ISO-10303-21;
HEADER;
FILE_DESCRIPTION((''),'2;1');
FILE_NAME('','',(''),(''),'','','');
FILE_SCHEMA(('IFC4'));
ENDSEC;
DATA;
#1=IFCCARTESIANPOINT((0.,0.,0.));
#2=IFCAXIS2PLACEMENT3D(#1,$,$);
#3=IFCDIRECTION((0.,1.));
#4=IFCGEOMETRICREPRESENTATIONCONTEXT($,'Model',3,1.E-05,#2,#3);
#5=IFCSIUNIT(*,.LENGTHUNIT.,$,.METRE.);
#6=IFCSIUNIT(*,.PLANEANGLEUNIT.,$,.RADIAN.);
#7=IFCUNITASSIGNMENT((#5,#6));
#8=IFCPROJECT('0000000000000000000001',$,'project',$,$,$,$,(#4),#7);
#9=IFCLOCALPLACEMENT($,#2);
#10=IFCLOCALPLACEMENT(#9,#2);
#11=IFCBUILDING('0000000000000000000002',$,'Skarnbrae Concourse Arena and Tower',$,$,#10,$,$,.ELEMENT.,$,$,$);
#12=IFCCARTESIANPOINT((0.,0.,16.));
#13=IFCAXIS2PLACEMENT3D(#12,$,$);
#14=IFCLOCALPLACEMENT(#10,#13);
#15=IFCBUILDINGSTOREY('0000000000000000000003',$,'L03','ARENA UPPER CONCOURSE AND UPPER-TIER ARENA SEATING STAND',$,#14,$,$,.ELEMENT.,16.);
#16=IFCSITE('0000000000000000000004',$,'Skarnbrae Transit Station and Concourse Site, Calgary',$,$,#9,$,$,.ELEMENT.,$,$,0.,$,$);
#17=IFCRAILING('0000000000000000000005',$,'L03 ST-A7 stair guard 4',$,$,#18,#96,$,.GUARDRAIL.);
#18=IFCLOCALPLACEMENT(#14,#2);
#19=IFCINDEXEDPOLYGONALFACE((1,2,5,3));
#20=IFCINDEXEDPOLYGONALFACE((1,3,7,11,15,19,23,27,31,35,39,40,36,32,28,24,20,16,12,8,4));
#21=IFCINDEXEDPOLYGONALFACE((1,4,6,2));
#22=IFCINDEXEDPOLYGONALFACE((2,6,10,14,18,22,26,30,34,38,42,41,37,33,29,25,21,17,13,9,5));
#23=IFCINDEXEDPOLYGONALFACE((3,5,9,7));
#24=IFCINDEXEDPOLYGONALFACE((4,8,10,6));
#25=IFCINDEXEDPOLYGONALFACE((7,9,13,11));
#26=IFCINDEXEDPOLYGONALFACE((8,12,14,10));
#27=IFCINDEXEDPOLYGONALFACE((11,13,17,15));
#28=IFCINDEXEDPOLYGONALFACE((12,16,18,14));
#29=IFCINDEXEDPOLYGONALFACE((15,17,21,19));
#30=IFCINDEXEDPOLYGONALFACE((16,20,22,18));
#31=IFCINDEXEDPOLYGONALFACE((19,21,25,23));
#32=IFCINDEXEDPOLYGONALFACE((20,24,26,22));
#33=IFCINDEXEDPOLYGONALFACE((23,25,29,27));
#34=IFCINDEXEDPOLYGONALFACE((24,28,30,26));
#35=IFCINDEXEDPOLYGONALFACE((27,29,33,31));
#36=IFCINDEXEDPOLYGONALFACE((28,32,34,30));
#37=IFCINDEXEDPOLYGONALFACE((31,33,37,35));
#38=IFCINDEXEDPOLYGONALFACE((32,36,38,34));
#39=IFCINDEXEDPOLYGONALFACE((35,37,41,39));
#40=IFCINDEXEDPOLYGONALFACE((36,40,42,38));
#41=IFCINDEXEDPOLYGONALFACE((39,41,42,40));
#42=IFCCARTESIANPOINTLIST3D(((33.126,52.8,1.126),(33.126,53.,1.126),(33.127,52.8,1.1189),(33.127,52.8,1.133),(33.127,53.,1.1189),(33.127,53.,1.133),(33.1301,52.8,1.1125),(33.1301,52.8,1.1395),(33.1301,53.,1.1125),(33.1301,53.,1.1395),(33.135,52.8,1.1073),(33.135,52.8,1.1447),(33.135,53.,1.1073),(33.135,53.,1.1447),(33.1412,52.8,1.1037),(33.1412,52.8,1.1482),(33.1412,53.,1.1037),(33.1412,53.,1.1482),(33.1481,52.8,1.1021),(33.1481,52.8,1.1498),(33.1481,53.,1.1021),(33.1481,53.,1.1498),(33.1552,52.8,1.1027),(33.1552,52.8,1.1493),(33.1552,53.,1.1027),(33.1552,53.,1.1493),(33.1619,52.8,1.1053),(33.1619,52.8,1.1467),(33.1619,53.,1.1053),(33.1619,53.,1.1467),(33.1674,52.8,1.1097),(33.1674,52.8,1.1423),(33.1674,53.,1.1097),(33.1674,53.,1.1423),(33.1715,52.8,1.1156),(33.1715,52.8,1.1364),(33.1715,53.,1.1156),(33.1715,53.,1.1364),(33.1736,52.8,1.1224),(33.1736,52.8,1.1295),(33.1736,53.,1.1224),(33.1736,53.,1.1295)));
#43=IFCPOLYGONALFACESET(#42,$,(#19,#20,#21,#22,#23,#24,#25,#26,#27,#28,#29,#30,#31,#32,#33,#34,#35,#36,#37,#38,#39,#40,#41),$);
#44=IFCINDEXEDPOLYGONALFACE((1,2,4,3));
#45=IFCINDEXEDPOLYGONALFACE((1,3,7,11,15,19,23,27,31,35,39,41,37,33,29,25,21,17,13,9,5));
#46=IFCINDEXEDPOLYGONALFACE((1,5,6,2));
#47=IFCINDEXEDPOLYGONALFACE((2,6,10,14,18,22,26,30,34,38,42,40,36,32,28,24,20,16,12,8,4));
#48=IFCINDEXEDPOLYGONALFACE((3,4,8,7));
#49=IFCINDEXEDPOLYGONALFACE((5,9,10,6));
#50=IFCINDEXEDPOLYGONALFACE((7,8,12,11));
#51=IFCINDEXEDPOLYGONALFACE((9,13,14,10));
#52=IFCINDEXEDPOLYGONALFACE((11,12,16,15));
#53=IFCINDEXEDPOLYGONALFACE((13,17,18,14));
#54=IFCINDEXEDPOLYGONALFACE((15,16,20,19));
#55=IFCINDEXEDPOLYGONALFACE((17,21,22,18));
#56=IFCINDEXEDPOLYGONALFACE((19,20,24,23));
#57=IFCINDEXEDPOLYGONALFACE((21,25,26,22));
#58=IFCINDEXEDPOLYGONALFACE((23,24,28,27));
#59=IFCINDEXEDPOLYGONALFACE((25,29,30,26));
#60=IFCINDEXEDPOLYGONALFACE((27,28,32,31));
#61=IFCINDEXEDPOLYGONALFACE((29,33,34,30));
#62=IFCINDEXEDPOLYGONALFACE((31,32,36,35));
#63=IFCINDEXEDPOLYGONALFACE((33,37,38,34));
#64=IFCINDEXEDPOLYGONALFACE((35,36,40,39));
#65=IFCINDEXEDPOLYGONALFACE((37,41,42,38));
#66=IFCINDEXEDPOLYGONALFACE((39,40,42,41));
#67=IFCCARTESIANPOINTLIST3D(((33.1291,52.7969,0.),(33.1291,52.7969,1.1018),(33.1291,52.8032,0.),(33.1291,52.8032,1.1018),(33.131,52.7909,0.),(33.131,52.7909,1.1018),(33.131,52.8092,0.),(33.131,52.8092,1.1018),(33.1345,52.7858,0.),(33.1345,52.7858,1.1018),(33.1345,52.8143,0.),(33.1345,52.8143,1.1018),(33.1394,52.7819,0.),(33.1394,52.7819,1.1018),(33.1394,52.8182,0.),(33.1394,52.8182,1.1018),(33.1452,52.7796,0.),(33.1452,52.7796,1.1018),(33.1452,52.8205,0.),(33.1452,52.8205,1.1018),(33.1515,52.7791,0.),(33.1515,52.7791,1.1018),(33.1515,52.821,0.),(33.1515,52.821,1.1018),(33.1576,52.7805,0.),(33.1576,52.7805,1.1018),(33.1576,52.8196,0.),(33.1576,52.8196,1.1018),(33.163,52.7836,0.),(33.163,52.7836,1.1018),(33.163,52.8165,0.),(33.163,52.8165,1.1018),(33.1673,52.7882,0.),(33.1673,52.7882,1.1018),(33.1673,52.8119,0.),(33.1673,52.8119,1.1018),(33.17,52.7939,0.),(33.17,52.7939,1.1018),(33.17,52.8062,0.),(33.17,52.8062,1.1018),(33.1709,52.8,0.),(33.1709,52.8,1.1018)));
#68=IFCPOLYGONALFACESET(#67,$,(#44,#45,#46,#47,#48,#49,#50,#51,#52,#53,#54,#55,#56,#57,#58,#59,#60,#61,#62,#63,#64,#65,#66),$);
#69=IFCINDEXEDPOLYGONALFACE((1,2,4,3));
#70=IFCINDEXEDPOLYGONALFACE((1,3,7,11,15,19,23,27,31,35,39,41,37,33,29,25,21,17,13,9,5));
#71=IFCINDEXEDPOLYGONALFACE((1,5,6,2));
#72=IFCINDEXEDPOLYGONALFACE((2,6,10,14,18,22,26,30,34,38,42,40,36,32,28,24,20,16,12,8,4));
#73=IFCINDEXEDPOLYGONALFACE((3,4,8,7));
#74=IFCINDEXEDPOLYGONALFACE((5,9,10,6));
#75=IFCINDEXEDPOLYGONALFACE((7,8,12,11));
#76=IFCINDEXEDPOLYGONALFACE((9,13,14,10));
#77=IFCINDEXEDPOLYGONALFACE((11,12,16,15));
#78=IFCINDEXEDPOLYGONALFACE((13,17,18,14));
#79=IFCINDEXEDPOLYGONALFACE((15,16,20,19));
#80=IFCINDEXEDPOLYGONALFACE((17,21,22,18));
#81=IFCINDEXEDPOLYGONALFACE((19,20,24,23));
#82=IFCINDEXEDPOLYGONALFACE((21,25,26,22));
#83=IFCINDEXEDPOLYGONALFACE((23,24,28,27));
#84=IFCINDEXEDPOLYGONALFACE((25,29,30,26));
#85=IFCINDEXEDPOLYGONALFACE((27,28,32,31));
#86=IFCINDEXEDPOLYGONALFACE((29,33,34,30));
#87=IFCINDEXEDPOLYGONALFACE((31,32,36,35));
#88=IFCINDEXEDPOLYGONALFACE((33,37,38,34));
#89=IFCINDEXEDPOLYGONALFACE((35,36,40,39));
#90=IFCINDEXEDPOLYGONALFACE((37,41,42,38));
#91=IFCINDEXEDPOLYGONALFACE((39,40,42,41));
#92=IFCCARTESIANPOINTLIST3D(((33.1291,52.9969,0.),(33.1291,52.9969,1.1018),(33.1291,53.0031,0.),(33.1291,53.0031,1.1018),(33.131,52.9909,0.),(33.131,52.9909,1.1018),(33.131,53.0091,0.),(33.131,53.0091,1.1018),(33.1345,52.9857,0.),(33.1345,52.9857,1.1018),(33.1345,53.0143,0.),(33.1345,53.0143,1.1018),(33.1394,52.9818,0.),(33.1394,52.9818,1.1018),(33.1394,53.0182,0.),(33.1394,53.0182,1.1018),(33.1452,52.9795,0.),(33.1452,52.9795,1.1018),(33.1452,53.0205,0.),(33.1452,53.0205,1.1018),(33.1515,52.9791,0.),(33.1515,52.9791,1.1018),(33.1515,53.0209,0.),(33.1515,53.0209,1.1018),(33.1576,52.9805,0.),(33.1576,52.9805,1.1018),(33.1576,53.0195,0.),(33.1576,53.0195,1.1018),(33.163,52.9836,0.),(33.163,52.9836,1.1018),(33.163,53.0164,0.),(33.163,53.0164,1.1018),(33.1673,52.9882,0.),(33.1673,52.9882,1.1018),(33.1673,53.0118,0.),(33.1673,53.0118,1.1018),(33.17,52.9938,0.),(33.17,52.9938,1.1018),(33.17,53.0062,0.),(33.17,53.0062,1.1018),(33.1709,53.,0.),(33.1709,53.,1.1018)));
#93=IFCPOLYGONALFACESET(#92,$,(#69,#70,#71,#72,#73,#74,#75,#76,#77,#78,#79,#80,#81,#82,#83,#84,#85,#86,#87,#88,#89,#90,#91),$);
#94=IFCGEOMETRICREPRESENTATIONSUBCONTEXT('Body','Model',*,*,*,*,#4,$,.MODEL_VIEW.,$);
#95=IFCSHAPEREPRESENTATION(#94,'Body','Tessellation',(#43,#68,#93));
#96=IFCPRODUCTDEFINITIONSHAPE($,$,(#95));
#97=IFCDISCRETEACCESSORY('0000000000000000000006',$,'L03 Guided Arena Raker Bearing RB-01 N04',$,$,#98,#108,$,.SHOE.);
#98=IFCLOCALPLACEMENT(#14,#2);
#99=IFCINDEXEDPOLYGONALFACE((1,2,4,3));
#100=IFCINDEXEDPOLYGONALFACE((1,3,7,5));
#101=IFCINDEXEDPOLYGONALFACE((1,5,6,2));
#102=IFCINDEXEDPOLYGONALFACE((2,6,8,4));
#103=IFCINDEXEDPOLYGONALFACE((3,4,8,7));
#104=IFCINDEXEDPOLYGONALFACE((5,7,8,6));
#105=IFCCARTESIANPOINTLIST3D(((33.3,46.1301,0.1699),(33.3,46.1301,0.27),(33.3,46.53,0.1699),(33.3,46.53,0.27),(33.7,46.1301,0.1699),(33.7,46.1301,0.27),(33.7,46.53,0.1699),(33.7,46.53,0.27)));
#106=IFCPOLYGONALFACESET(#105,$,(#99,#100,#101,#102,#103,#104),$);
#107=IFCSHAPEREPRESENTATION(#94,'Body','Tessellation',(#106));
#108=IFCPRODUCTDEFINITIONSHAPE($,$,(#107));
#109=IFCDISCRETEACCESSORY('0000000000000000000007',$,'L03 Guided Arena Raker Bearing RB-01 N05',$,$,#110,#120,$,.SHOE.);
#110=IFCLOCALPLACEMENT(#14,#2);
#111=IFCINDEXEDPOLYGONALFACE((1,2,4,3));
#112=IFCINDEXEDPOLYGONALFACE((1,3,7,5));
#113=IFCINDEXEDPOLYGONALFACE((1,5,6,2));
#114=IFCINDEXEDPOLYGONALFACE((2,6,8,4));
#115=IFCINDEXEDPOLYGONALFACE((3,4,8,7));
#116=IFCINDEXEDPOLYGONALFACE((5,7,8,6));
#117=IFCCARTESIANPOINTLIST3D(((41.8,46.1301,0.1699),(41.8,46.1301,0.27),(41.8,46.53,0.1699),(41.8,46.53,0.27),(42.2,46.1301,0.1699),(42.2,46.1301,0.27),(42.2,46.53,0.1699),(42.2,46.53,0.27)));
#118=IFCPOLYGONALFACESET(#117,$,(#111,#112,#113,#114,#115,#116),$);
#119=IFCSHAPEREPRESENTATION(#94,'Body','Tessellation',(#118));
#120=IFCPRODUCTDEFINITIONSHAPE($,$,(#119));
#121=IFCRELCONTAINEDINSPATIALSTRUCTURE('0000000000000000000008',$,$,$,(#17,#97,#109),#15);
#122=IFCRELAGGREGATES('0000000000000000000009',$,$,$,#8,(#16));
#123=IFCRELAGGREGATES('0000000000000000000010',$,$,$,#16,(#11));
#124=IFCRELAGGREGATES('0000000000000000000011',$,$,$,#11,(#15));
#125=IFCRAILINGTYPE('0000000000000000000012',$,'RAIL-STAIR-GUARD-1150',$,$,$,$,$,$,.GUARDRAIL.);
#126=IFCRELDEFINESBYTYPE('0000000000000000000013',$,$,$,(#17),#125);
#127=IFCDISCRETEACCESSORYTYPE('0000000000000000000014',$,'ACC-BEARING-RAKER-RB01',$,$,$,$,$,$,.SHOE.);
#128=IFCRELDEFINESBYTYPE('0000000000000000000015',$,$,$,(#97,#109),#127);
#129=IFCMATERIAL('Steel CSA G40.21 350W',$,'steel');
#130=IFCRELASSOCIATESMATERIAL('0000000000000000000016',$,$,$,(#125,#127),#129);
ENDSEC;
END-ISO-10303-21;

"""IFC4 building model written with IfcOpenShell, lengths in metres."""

from ifc_helpers import new_model, si_unit, direction, frame, origin, origin_2d, place, context, subcontext, project, spatial, rectangle, circle, extrude, source, transform, mapped, material, type_object, element, save


model = new_model("IFC4")

# Units and contexts
model_context = context("Model", 3, precision=1e-05, world=origin(), true_north=direction((0.0, 1.0)))
body_context = subcontext(model_context, "Body", "Model", "MODEL_VIEW")
ifc_project = project(units=[si_unit("LENGTHUNIT", "METRE"), si_unit("PLANEANGLEUNIT", "RADIAN")], contexts=[model_context])

# Site, building, storey
site_placement = place(None, origin())
site = spatial("IfcSite", under=ifc_project, at=site_placement, Name="Skarnbrae Transit Station and Concourse Site, Calgary", CompositionType="ELEMENT", RefElevation=0.0)
building_placement = place(site_placement, origin())
building = spatial("IfcBuilding", under=site, at=building_placement, Name="Skarnbrae Concourse Arena and Tower", CompositionType="ELEMENT")
storey_placement = place(building_placement, frame((0.0, 0.0, 16.0)))
storey = spatial("IfcBuildingStorey", under=building, at=storey_placement, Name="L03", Description="ARENA UPPER CONCOURSE AND UPPER-TIER ARENA SEATING STAND", CompositionType="ELEMENT", Elevation=16.0)

# Shared definitions
ifc_material_1 = material(Name="Steel CSA G40.21 350W", Category="steel")

# Railing
railing_type_1 = type_object("IfcRailingType", Name="RAIL-STAIR-GUARD-1150", PredefinedType="GUARDRAIL", material=ifc_material_1)
railing_1_placement = place(storey_placement, frame((33.1499, 52.8, 0.0)))
element("IfcRailing", 1, at=railing_1_placement, inside=storey, type_object=railing_type_1, Name="L03 ST-A7 stair guard 4", PredefinedType="GUARDRAIL", context=body_context, shape_type="SweptSolid", body=[
    extrude(circle(Radius=0.0239, at=origin_2d()), frame((0.0, 0.0, 1.126), z_axis=(0.0, 1.0, 0.0), x_axis=(-1.0, 0.0, 0.0)), (0.0, 0.0, 1.0), 0.2),
    extrude(circle(Radius=0.021, at=origin_2d()), origin(), (0.0, 0.0, 1.0), 1.1018),
    extrude(circle(Radius=0.021, at=origin_2d()), frame((0.0, 0.2, 0.0)), (0.0, 0.0, 1.0), 1.1018),
])

# Discrete accessories
discrete_accessory_type = type_object("IfcDiscreteAccessoryType", Name="ACC-BEARING-RAKER-RB01", PredefinedType="SHOE", material=ifc_material_1)
shared_shape_1 = source(origin(), body_context, "Body", "SweptSolid", [
    extrude(rectangle(XDim=0.3999, YDim=0.3999, at=origin_2d()), origin(), (0.0, 0.0, 1.0), 0.1001),
])
for number, where, z_axis, x_axis, name in (
    (2, (33.5, 46.3301, 0.1699), (0.0, 0.0, 1.0), (1.0, 0.0, 0.0), "L03 Guided Arena Raker Bearing RB-01 N04"),
    (3, (42.0, 46.3301, 0.1699), (0.0, 0.0, 1.0), (1.0, 0.0, 0.0), "L03 Guided Arena Raker Bearing RB-01 N05"),
):
    element("IfcDiscreteAccessory", number, at=place(storey_placement, frame(where, z_axis=z_axis, x_axis=x_axis)), inside=storey, type_object=discrete_accessory_type, Name=name, PredefinedType="SHOE", context=body_context, shape_type="MappedRepresentation", body=[
        mapped(shared_shape_1, transform((0.0, 0.0, 0.0))),
    ])

save(model, "model.ifc")
